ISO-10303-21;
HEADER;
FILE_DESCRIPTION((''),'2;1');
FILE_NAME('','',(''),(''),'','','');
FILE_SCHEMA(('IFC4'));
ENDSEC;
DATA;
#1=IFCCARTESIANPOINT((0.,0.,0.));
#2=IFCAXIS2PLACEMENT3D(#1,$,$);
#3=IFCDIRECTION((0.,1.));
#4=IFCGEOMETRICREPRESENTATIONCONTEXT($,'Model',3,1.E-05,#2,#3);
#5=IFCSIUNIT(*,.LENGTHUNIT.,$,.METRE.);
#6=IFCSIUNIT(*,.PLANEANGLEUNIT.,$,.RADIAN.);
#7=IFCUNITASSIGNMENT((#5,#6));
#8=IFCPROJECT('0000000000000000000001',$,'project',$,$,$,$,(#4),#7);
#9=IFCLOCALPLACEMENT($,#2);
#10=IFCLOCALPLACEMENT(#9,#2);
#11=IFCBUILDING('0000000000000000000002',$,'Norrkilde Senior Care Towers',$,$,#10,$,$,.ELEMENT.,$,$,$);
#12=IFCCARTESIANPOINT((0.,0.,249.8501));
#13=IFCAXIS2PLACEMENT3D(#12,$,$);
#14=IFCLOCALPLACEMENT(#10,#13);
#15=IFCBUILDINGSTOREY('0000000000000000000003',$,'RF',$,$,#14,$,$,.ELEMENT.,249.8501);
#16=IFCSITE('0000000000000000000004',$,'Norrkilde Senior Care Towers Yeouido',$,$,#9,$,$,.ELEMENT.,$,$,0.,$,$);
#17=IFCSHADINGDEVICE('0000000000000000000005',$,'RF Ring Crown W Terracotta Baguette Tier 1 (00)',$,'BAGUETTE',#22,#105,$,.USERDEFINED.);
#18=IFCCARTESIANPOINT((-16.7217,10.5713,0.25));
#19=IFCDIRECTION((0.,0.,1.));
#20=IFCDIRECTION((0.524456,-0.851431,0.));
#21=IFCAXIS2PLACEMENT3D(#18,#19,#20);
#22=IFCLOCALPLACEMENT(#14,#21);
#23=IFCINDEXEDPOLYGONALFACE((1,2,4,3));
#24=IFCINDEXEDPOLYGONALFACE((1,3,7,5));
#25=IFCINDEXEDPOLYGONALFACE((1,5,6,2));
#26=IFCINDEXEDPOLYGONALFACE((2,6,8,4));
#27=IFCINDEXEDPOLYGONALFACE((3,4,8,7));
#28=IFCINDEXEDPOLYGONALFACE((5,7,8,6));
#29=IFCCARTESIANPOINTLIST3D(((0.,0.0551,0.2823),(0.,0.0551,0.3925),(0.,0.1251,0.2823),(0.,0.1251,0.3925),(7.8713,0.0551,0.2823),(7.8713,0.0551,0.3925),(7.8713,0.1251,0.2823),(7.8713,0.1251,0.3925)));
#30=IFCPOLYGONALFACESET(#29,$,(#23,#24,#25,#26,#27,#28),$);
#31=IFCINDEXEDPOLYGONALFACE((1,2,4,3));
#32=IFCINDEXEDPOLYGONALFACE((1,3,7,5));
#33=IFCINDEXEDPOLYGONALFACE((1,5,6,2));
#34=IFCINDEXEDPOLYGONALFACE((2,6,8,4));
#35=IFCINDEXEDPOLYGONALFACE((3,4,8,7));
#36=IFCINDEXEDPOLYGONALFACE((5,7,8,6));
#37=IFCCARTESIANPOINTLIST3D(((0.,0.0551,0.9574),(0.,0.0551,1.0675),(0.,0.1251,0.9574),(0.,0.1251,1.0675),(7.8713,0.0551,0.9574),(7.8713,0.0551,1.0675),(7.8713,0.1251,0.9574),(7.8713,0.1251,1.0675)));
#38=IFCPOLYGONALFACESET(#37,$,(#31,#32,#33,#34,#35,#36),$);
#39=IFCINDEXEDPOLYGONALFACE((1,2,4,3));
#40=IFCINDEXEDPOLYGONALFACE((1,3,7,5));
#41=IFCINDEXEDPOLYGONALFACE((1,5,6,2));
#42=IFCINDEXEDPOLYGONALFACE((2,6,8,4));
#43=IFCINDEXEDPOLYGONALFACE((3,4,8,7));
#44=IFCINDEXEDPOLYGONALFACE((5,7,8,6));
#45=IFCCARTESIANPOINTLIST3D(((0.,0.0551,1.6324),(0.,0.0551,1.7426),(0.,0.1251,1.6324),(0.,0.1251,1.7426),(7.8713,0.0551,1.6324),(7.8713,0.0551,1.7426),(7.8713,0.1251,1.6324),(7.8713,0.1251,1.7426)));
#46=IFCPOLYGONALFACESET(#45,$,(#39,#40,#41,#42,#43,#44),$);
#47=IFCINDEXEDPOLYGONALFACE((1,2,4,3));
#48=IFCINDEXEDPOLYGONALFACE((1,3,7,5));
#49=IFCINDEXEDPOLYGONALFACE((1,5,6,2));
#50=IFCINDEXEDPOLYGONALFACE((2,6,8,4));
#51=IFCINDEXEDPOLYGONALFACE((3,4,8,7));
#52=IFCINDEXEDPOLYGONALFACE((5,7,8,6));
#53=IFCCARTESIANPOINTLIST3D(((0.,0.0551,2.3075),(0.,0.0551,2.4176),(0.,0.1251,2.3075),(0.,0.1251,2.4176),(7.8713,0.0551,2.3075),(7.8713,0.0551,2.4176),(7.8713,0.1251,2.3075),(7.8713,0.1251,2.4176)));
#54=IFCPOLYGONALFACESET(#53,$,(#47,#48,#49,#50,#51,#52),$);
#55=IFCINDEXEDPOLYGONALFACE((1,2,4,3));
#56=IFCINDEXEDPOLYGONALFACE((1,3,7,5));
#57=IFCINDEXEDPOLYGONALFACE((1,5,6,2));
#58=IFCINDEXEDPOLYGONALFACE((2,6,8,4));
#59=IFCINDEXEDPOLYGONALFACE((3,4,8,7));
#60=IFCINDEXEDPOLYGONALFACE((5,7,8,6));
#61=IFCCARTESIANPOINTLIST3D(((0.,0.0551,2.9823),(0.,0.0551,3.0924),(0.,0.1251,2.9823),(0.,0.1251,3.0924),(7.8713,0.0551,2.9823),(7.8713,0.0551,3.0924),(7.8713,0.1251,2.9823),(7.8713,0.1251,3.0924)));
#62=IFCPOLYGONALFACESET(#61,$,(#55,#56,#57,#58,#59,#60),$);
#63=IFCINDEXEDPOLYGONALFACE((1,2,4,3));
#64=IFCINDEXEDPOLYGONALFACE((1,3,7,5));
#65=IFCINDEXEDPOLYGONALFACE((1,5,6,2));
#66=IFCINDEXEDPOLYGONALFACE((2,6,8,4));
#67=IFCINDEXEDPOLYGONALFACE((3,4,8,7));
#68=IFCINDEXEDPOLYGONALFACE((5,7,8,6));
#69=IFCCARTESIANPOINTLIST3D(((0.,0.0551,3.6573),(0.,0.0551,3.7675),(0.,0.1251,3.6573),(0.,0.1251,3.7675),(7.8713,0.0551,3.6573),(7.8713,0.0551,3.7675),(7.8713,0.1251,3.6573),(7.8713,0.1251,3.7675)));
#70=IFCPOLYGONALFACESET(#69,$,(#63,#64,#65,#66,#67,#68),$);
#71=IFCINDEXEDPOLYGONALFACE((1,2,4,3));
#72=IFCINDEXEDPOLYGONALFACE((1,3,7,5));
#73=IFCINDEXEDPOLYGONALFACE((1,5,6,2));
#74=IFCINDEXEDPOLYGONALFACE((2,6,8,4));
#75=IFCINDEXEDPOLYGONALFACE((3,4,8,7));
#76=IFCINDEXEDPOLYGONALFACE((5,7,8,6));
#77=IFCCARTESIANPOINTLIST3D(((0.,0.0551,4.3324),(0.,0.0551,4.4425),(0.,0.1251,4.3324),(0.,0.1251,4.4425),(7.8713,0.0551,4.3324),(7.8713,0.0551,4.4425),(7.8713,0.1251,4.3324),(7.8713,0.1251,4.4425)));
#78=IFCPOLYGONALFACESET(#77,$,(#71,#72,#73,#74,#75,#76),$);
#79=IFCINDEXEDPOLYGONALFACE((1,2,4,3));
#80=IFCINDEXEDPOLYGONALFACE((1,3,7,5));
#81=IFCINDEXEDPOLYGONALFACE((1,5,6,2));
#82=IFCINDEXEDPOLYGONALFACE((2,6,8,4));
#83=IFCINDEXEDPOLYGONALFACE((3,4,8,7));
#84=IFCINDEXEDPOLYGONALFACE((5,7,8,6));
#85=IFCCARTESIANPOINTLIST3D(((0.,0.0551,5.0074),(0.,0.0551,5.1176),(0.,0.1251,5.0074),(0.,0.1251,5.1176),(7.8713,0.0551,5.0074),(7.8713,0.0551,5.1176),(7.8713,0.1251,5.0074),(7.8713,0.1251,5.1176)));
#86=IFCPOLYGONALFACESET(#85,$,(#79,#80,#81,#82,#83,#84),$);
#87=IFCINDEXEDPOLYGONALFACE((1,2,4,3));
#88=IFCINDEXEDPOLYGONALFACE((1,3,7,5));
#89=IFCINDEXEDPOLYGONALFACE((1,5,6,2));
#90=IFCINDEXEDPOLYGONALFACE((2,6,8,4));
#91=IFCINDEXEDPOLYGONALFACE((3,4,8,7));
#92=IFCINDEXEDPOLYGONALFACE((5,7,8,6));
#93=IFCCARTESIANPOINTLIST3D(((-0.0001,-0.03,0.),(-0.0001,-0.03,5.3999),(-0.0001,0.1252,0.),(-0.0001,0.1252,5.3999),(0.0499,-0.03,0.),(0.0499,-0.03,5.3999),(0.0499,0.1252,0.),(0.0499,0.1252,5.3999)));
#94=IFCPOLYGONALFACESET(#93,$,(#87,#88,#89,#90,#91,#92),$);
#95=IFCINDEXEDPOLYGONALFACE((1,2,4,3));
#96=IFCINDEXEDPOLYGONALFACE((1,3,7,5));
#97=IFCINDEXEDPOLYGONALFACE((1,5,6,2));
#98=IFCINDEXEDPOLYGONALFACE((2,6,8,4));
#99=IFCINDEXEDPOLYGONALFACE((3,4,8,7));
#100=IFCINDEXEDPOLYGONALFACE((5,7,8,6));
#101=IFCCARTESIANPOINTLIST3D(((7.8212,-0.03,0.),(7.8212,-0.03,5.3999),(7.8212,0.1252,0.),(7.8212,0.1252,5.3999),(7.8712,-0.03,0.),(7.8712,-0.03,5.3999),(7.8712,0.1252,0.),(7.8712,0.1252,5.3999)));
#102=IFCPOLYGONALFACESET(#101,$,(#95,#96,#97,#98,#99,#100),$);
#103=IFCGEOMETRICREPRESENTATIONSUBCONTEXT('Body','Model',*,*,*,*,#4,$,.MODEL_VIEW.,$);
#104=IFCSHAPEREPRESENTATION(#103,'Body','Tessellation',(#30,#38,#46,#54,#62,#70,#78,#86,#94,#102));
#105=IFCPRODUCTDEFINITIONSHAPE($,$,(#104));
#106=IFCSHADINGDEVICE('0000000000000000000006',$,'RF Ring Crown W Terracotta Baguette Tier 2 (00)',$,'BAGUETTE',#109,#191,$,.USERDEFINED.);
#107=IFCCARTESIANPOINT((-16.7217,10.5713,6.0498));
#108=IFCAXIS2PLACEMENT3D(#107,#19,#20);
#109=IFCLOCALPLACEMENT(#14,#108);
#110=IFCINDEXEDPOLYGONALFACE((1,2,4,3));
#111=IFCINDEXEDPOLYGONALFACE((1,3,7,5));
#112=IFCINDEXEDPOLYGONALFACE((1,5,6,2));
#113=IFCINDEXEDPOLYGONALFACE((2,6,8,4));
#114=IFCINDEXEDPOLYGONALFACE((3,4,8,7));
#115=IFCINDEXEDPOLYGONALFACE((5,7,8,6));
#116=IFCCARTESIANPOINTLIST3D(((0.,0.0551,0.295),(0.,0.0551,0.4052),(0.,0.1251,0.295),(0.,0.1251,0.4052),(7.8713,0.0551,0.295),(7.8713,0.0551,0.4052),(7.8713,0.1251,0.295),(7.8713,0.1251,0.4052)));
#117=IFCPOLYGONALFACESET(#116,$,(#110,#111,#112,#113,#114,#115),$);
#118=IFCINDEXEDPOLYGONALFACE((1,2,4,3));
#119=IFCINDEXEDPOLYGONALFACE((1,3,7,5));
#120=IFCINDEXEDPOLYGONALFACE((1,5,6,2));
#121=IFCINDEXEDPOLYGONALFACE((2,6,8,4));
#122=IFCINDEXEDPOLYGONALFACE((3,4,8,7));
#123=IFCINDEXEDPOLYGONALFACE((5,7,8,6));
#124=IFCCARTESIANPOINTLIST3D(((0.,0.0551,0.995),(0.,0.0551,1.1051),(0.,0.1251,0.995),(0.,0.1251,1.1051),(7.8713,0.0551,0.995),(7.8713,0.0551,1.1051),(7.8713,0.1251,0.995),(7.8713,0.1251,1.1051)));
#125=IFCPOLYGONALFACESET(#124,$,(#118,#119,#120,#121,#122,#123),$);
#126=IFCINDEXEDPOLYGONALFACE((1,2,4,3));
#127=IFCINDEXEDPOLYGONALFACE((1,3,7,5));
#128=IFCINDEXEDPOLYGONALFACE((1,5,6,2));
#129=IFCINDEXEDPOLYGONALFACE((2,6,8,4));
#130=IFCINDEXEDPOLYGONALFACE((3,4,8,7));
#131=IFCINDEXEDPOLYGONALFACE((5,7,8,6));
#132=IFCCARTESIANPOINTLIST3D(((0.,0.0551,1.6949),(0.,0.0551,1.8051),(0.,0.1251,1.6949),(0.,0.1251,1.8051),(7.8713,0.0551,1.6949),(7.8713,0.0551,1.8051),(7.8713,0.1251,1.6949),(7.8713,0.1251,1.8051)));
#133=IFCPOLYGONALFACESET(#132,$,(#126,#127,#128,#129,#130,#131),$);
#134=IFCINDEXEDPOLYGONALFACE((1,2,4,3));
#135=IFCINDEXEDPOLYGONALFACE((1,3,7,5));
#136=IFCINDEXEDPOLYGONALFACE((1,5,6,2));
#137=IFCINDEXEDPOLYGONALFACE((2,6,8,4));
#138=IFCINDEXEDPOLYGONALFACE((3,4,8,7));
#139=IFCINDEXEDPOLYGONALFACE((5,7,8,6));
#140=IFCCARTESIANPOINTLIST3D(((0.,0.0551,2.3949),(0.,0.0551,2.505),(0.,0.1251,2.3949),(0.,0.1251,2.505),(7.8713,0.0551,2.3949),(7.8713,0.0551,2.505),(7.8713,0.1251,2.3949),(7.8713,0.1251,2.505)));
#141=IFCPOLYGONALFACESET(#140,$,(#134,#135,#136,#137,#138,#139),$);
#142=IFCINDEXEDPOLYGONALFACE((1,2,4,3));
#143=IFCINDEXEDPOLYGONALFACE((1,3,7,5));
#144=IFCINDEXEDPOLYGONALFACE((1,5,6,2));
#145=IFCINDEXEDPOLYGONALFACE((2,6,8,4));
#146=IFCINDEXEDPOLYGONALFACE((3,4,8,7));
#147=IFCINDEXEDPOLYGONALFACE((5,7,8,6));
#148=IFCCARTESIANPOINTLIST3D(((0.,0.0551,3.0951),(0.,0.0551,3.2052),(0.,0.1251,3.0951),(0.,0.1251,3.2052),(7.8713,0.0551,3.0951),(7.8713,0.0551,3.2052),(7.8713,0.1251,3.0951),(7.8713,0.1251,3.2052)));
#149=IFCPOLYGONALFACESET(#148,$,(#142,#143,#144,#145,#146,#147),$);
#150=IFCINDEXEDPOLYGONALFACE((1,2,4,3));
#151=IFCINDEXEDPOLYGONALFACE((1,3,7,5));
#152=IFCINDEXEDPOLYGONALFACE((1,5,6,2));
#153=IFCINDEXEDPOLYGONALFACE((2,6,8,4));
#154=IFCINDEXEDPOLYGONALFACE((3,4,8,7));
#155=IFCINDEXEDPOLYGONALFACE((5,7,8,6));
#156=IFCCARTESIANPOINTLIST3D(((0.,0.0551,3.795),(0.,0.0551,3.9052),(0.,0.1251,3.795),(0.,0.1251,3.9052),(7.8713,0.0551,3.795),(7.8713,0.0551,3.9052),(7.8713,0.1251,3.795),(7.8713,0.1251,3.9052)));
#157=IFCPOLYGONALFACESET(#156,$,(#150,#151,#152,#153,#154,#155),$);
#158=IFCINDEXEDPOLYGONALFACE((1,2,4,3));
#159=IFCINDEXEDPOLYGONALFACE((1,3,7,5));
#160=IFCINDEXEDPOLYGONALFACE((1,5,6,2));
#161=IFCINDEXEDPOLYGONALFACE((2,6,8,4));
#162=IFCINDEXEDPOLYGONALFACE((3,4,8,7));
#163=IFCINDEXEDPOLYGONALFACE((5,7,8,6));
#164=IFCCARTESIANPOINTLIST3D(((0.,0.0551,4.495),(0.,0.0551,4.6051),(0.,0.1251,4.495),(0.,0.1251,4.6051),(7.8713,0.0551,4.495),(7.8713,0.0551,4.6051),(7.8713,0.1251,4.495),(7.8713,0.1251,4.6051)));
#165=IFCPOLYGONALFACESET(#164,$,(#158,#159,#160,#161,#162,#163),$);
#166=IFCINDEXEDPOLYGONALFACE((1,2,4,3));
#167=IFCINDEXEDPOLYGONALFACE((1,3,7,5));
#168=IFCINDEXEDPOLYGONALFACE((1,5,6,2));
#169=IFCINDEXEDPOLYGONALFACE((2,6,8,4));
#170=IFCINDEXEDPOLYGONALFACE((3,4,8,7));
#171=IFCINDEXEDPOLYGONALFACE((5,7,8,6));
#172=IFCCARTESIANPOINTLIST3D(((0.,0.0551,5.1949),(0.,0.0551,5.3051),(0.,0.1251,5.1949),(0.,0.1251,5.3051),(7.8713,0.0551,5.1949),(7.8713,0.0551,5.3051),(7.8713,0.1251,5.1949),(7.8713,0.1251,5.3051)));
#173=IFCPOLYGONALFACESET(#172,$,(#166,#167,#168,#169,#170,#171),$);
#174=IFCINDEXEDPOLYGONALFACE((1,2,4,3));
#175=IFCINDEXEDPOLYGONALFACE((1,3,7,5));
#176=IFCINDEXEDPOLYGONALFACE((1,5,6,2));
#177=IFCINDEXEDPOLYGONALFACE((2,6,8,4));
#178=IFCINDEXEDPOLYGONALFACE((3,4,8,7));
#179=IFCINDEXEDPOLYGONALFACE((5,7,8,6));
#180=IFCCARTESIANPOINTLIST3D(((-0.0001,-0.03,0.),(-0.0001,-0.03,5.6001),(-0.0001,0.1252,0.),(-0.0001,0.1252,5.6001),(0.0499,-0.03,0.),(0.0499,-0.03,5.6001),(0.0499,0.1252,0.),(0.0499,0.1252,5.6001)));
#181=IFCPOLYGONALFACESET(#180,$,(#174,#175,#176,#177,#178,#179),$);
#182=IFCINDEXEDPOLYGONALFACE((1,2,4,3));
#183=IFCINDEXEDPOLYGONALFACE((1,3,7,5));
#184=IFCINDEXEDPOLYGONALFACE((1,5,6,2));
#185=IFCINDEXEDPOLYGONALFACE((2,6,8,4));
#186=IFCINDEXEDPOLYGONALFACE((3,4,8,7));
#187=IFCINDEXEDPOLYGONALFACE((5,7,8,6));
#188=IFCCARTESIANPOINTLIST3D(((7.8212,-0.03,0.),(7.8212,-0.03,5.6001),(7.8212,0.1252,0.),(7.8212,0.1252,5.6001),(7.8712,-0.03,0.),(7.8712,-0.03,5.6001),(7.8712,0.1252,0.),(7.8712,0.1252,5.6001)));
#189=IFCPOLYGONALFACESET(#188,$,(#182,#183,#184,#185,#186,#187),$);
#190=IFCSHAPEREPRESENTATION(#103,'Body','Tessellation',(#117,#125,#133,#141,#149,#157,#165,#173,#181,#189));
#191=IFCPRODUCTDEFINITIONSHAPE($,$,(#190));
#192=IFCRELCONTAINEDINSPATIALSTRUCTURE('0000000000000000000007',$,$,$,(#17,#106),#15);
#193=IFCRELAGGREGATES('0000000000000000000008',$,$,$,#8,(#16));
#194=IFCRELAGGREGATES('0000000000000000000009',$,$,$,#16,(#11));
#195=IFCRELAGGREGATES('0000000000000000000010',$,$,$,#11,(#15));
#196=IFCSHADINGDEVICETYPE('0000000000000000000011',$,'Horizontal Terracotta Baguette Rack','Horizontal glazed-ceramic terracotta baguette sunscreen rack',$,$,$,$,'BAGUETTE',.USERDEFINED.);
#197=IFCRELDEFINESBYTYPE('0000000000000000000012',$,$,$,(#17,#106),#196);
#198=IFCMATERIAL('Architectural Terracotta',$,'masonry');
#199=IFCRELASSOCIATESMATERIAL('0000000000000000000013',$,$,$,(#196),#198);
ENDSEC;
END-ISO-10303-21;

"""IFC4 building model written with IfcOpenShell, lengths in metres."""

from ifc_helpers import new_model, si_unit, direction, frame, origin, origin_2d, place, context, subcontext, project, spatial, rectangle, extrude, source, transform, mapped, material, type_object, element, save


model = new_model("IFC4")

# Units and contexts
model_context = context("Model", 3, precision=1e-05, world=origin(), true_north=direction((0.0, 1.0)))
body_context = subcontext(model_context, "Body", "Model", "MODEL_VIEW")
ifc_project = project(units=[si_unit("LENGTHUNIT", "METRE"), si_unit("PLANEANGLEUNIT", "RADIAN")], contexts=[model_context])

# Site, building, storey
site_placement = place(None, origin())
site = spatial("IfcSite", under=ifc_project, at=site_placement, Name="Norrkilde Senior Care Towers Yeouido", CompositionType="ELEMENT", RefElevation=0.0)
building_placement = place(site_placement, origin())
building = spatial("IfcBuilding", under=site, at=building_placement, Name="Norrkilde Senior Care Towers", CompositionType="ELEMENT")
storey_placement = place(building_placement, frame((0.0, 0.0, 249.8501)))
storey = spatial("IfcBuildingStorey", under=building, at=storey_placement, Name="RF", CompositionType="ELEMENT", Elevation=249.8501)

# Shared definitions
ifc_material_1 = material(Name="Architectural Terracotta", Category="masonry")

# Shading devices
shading_device_type = type_object("IfcShadingDeviceType", Name="Horizontal Terracotta Baguette Rack", Description="Horizontal glazed-ceramic terracotta baguette sunscreen rack", ElementType="BAGUETTE", PredefinedType="USERDEFINED", material=ifc_material_1)
shared_shape_1 = source(origin(), body_context, "Body", "SweptSolid", [
    extrude(rectangle(XDim=0.0701, YDim=0.1101, at=origin_2d()), frame((0.0, 0.0901, 0.3374), z_axis=(1.0, 0.0, 0.0), x_axis=(0.0, 1.0, 0.0)), (0.0, 0.0, 1.0), 7.8713),
    extrude(rectangle(XDim=0.0701, YDim=0.1101, at=origin_2d()), frame((0.0, 0.0901, 1.0125), z_axis=(1.0, 0.0, 0.0), x_axis=(0.0, 1.0, 0.0)), (0.0, 0.0, 1.0), 7.8713),
    extrude(rectangle(XDim=0.0701, YDim=0.1101, at=origin_2d()), frame((0.0, 0.0901, 1.6875), z_axis=(1.0, 0.0, 0.0), x_axis=(0.0, 1.0, 0.0)), (0.0, 0.0, 1.0), 7.8713),
    extrude(rectangle(XDim=0.0701, YDim=0.1101, at=origin_2d()), frame((0.0, 0.0901, 2.3625), z_axis=(1.0, 0.0, 0.0), x_axis=(0.0, 1.0, 0.0)), (0.0, 0.0, 1.0), 7.8713),
    extrude(rectangle(XDim=0.0701, YDim=0.1101, at=origin_2d()), frame((0.0, 0.0901, 3.0374), z_axis=(1.0, 0.0, 0.0), x_axis=(0.0, 1.0, 0.0)), (0.0, 0.0, 1.0), 7.8713),
    extrude(rectangle(XDim=0.0701, YDim=0.1101, at=origin_2d()), frame((0.0, 0.0901, 3.7124), z_axis=(1.0, 0.0, 0.0), x_axis=(0.0, 1.0, 0.0)), (0.0, 0.0, 1.0), 7.8713),
    extrude(rectangle(XDim=0.0701, YDim=0.1101, at=origin_2d()), frame((0.0, 0.0901, 4.3875), z_axis=(1.0, 0.0, 0.0), x_axis=(0.0, 1.0, 0.0)), (0.0, 0.0, 1.0), 7.8713),
    extrude(rectangle(XDim=0.0701, YDim=0.1101, at=origin_2d()), frame((0.0, 0.0901, 5.0625), z_axis=(1.0, 0.0, 0.0), x_axis=(0.0, 1.0, 0.0)), (0.0, 0.0, 1.0), 7.8713),
    extrude(rectangle(XDim=0.05, YDim=0.1553, at=origin_2d()), frame((0.0249, 0.0476, 0.0)), (0.0, 0.0, 1.0), 5.3999),
    extrude(rectangle(XDim=0.05, YDim=0.1553, at=origin_2d()), frame((7.8462, 0.0476, 0.0)), (0.0, 0.0, 1.0), 5.3999),
])
shading_device_1_placement = place(storey_placement, frame((-16.7217, 10.5713, 0.25), z_axis=(0.0, 0.0, 1.0), x_axis=(0.524456, -0.851431, 0.0)))
element("IfcShadingDevice", 1, at=shading_device_1_placement, inside=storey, type_object=shading_device_type, Name="RF Ring Crown W Terracotta Baguette Tier 1 (00)", ObjectType="BAGUETTE", PredefinedType="USERDEFINED", context=body_context, shape_type="MappedRepresentation", body=[
    mapped(shared_shape_1, transform((0.0, 0.0, 0.0), x_axis=(1.0, 0.0, 0.0), y_axis=(0.0, 1.0, 0.0), z_axis=(0.0, 0.0, 1.0), scale=1.0)),
])
shared_shape_2 = source(origin(), body_context, "Body", "SweptSolid", [
    extrude(rectangle(XDim=0.0701, YDim=0.1101, at=origin_2d()), frame((0.0, 0.0901, 0.3501), z_axis=(1.0, 0.0, 0.0), x_axis=(0.0, 1.0, 0.0)), (0.0, 0.0, 1.0), 7.8713),
    extrude(rectangle(XDim=0.0701, YDim=0.1101, at=origin_2d()), frame((0.0, 0.0901, 1.05), z_axis=(1.0, 0.0, 0.0), x_axis=(0.0, 1.0, 0.0)), (0.0, 0.0, 1.0), 7.8713),
    extrude(rectangle(XDim=0.0701, YDim=0.1101, at=origin_2d()), frame((0.0, 0.0901, 1.75), z_axis=(1.0, 0.0, 0.0), x_axis=(0.0, 1.0, 0.0)), (0.0, 0.0, 1.0), 7.8713),
    extrude(rectangle(XDim=0.0701, YDim=0.1101, at=origin_2d()), frame((0.0, 0.0901, 2.45), z_axis=(1.0, 0.0, 0.0), x_axis=(0.0, 1.0, 0.0)), (0.0, 0.0, 1.0), 7.8713),
    extrude(rectangle(XDim=0.0701, YDim=0.1101, at=origin_2d()), frame((0.0, 0.0901, 3.1501), z_axis=(1.0, 0.0, 0.0), x_axis=(0.0, 1.0, 0.0)), (0.0, 0.0, 1.0), 7.8713),
    extrude(rectangle(XDim=0.0701, YDim=0.1101, at=origin_2d()), frame((0.0, 0.0901, 3.8501), z_axis=(1.0, 0.0, 0.0), x_axis=(0.0, 1.0, 0.0)), (0.0, 0.0, 1.0), 7.8713),
    extrude(rectangle(XDim=0.0701, YDim=0.1101, at=origin_2d()), frame((0.0, 0.0901, 4.55), z_axis=(1.0, 0.0, 0.0), x_axis=(0.0, 1.0, 0.0)), (0.0, 0.0, 1.0), 7.8713),
    extrude(rectangle(XDim=0.0701, YDim=0.1101, at=origin_2d()), frame((0.0, 0.0901, 5.25), z_axis=(1.0, 0.0, 0.0), x_axis=(0.0, 1.0, 0.0)), (0.0, 0.0, 1.0), 7.8713),
    extrude(rectangle(XDim=0.05, YDim=0.1553, at=origin_2d()), frame((0.0249, 0.0476, 0.0)), (0.0, 0.0, 1.0), 5.6001),
    extrude(rectangle(XDim=0.05, YDim=0.1553, at=origin_2d()), frame((7.8462, 0.0476, 0.0)), (0.0, 0.0, 1.0), 5.6001),
])
shading_device_2_placement = place(storey_placement, frame((-16.7217, 10.5713, 6.0498), z_axis=(0.0, 0.0, 1.0), x_axis=(0.524456, -0.851431, 0.0)))
element("IfcShadingDevice", 2, at=shading_device_2_placement, inside=storey, type_object=shading_device_type, Name="RF Ring Crown W Terracotta Baguette Tier 2 (00)", ObjectType="BAGUETTE", PredefinedType="USERDEFINED", context=body_context, shape_type="MappedRepresentation", body=[
    mapped(shared_shape_2, transform((0.0, 0.0, 0.0), x_axis=(1.0, 0.0, 0.0), y_axis=(0.0, 1.0, 0.0), z_axis=(0.0, 0.0, 1.0), scale=1.0)),
])

save(model, "model.ifc")
